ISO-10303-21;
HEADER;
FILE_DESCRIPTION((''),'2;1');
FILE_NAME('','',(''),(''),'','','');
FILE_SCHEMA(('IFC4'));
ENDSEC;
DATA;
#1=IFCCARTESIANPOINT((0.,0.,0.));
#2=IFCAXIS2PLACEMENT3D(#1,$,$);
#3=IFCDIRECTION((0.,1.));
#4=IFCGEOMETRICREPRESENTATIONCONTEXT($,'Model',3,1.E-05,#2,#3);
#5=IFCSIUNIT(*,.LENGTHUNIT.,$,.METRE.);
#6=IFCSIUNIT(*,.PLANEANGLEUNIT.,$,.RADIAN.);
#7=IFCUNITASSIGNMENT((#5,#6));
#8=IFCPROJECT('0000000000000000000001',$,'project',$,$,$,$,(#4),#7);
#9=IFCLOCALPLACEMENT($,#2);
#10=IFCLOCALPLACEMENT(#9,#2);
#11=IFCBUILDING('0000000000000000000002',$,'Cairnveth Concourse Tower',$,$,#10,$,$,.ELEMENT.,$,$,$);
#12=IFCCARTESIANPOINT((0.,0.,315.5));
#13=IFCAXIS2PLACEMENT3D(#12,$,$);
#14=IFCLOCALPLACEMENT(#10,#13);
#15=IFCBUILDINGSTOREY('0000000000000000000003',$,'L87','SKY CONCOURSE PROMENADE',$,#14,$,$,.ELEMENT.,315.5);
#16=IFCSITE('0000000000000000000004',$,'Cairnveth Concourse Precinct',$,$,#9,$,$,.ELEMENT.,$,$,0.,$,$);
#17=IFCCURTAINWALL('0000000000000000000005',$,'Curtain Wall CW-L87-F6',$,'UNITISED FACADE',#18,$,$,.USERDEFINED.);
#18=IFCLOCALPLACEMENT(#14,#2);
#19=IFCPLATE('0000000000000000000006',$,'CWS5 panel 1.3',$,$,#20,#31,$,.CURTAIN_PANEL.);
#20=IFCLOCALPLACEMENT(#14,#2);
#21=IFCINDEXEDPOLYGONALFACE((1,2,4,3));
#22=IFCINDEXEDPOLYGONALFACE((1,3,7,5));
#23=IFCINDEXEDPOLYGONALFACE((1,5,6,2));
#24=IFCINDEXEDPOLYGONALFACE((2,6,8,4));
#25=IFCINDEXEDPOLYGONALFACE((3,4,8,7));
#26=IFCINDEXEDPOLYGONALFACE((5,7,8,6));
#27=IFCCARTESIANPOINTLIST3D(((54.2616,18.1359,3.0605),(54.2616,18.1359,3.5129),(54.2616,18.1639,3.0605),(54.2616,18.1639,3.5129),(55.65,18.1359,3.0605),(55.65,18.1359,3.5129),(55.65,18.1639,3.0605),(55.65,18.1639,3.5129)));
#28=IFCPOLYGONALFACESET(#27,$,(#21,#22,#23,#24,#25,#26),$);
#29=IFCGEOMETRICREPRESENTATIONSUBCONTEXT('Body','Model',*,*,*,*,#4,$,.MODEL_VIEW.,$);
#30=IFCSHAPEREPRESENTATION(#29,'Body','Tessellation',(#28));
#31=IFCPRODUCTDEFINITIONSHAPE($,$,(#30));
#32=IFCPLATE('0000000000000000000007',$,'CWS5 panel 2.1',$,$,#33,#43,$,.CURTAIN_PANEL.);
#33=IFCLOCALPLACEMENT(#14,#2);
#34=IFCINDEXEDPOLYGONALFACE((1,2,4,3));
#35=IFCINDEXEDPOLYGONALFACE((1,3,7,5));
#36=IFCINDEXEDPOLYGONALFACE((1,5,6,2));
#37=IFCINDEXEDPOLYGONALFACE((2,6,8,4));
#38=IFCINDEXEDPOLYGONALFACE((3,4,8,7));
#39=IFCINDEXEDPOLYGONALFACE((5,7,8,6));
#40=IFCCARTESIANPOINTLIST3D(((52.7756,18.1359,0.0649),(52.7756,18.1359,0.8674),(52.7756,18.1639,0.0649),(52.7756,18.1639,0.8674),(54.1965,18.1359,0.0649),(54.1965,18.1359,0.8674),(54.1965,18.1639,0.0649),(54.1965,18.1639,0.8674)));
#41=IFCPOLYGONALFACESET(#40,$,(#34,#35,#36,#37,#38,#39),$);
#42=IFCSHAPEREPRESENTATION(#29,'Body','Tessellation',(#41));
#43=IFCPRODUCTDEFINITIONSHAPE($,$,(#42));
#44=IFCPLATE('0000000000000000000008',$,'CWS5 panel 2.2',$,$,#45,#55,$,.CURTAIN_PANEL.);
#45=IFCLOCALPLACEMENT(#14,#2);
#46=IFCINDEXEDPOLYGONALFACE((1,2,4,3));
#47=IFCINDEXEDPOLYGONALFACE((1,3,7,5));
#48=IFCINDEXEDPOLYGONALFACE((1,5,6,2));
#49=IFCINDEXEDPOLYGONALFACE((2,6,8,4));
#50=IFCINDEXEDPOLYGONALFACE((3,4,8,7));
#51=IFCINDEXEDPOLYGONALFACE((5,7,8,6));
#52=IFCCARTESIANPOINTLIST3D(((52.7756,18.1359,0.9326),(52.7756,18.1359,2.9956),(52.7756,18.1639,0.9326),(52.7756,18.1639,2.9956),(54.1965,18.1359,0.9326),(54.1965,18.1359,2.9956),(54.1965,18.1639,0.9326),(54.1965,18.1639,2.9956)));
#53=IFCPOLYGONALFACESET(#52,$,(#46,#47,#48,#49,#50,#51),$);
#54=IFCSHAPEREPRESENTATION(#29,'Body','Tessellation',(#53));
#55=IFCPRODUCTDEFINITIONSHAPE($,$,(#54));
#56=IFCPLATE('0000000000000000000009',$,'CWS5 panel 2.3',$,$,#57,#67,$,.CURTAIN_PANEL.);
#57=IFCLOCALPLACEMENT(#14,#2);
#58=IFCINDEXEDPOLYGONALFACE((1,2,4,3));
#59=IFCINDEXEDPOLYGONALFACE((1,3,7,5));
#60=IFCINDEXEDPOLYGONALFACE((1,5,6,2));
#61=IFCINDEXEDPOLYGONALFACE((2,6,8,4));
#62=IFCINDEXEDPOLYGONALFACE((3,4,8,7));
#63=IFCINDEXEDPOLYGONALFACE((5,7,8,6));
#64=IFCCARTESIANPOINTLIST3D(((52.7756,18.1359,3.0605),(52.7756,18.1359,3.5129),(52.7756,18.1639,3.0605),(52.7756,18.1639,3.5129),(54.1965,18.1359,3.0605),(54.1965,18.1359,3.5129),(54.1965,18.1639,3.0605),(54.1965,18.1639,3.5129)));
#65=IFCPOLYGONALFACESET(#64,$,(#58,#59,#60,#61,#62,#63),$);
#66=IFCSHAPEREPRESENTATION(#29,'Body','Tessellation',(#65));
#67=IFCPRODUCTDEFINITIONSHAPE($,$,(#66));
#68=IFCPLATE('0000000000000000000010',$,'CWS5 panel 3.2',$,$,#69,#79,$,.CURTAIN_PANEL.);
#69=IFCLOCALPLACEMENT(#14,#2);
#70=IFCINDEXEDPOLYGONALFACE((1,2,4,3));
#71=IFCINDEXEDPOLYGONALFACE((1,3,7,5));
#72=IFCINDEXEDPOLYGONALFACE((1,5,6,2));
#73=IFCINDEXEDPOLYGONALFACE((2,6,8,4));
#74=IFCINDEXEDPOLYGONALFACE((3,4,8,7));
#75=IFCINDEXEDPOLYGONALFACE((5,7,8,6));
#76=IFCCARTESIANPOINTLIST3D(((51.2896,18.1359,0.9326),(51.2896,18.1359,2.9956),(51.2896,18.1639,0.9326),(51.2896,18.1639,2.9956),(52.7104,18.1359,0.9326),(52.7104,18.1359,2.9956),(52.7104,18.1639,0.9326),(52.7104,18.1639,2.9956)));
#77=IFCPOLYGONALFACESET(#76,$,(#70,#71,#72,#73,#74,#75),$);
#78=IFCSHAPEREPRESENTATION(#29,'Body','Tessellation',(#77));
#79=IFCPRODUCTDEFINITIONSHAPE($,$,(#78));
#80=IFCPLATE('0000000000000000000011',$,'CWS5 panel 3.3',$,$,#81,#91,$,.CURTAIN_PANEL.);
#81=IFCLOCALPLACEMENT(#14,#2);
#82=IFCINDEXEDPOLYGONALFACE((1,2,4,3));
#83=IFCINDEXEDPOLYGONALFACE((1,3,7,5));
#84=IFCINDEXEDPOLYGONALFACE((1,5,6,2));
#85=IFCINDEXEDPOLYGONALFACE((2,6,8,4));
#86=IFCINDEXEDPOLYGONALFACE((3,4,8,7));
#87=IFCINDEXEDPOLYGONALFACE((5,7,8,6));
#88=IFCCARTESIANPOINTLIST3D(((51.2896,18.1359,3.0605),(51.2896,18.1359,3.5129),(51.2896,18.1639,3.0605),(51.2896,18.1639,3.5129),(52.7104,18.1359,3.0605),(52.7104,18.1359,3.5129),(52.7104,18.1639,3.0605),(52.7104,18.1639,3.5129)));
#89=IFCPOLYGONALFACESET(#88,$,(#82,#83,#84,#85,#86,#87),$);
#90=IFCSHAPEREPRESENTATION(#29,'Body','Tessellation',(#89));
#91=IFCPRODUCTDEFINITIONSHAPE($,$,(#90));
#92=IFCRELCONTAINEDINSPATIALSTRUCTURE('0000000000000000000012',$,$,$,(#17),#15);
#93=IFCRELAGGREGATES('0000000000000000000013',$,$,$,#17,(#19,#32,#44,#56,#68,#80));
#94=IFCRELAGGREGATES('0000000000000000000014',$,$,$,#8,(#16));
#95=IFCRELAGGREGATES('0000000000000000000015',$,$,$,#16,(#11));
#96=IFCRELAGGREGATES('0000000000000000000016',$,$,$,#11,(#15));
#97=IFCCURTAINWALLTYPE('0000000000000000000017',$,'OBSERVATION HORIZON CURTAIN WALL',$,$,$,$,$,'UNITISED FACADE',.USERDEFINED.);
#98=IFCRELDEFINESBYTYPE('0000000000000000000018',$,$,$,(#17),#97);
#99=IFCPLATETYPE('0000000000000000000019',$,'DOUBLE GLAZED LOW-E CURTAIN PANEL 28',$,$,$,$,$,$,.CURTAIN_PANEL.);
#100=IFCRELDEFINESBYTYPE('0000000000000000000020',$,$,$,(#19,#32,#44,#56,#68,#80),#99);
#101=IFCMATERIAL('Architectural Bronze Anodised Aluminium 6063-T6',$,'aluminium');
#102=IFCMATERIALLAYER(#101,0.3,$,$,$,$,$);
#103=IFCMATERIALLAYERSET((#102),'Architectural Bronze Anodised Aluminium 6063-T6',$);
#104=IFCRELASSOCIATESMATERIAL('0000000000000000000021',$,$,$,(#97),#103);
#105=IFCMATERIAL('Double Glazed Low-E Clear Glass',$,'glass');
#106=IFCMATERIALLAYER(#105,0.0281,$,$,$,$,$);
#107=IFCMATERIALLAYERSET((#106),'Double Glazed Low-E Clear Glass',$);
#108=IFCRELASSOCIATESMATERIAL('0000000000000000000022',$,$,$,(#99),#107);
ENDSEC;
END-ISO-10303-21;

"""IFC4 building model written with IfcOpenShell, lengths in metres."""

from ifc_helpers import new_model, si_unit, direction, frame, origin, origin_2d, place, context, subcontext, project, spatial, rectangle, extrude, material, layer, layer_set, type_object, element, aggregate, save


model = new_model("IFC4")

# Units and contexts
model_context = context("Model", 3, precision=1e-05, world=origin(), true_north=direction((0.0, 1.0)))
body_context = subcontext(model_context, "Body", "Model", "MODEL_VIEW")
ifc_project = project(units=[si_unit("LENGTHUNIT", "METRE"), si_unit("PLANEANGLEUNIT", "RADIAN")], contexts=[model_context])

# Site, building, storey
site_placement = place(None, origin())
site = spatial("IfcSite", under=ifc_project, at=site_placement, Name="Cairnveth Concourse Precinct", CompositionType="ELEMENT", RefElevation=0.0)
building_placement = place(site_placement, origin())
building = spatial("IfcBuilding", under=site, at=building_placement, Name="Cairnveth Concourse Tower", CompositionType="ELEMENT")
storey_placement = place(building_placement, frame((0.0, 0.0, 315.5)))
storey = spatial("IfcBuildingStorey", under=building, at=storey_placement, Name="L87", Description="SKY CONCOURSE PROMENADE", CompositionType="ELEMENT", Elevation=315.5)

# Curtain wall, plates
ifc_material_1 = material(Name="Architectural Bronze Anodised Aluminium 6063-T6", Category="aluminium")
ifc_layer_1 = layer(ifc_material_1, 0.3)
ifc_layer_set_1 = layer_set([ifc_layer_1], Name="Architectural Bronze Anodised Aluminium 6063-T6")
curtain_wall_type = type_object("IfcCurtainWallType", Name="OBSERVATION HORIZON CURTAIN WALL", ElementType="UNITISED FACADE", PredefinedType="USERDEFINED", material=ifc_layer_set_1)
curtain_wall_placement = place(storey_placement, origin())
curtain_wall = element("IfcCurtainWall", 1, at=curtain_wall_placement, inside=storey, type_object=curtain_wall_type, Name="Curtain Wall CW-L87-F6", ObjectType="UNITISED FACADE", PredefinedType="USERDEFINED")
ifc_material_2 = material(Name="Double Glazed Low-E Clear Glass", Category="glass")
ifc_layer_2 = layer(ifc_material_2, 0.0281)
ifc_layer_set_2 = layer_set([ifc_layer_2], Name="Double Glazed Low-E Clear Glass")
plate_type = type_object("IfcPlateType", Name="DOUBLE GLAZED LOW-E CURTAIN PANEL 28", PredefinedType="CURTAIN_PANEL", material=ifc_layer_set_2)
plate_1_placement = place(storey_placement, frame((54.9558, 18.1499, 3.0605), z_axis=(0.0, 0.0, 1.0), x_axis=(-1.0, 0.0, 0.0)))
plate_1 = element("IfcPlate", 2, at=plate_1_placement, type_object=plate_type, Name="CWS5 panel 1.3", PredefinedType="CURTAIN_PANEL", context=body_context, shape_type="SweptSolid", body=[
    extrude(rectangle(XDim=1.3884, YDim=0.0281, at=origin_2d()), origin(), (0.0, 0.0, 1.0), 0.4524),
])
plate_2_placement = place(storey_placement, frame((53.4861, 18.1499, 0.0649), z_axis=(0.0, 0.0, 1.0), x_axis=(-1.0, 0.0, 0.0)))
plate_2 = element("IfcPlate", 3, at=plate_2_placement, type_object=plate_type, Name="CWS5 panel 2.1", PredefinedType="CURTAIN_PANEL", context=body_context, shape_type="SweptSolid", body=[
    extrude(rectangle(XDim=1.4209, YDim=0.0281, at=origin_2d()), origin(), (0.0, 0.0, 1.0), 0.8025),
])
plate_3_placement = place(storey_placement, frame((53.4861, 18.1499, 0.9326), z_axis=(0.0, 0.0, 1.0), x_axis=(-1.0, 0.0, 0.0)))
plate_3 = element("IfcPlate", 4, at=plate_3_placement, type_object=plate_type, Name="CWS5 panel 2.2", PredefinedType="CURTAIN_PANEL", context=body_context, shape_type="SweptSolid", body=[
    extrude(rectangle(XDim=1.4209, YDim=0.0281, at=origin_2d()), origin(), (0.0, 0.0, 1.0), 2.063),
])
plate_4_placement = place(storey_placement, frame((53.4861, 18.1499, 3.0605), z_axis=(0.0, 0.0, 1.0), x_axis=(-1.0, 0.0, 0.0)))
plate_4 = element("IfcPlate", 5, at=plate_4_placement, type_object=plate_type, Name="CWS5 panel 2.3", PredefinedType="CURTAIN_PANEL", context=body_context, shape_type="SweptSolid", body=[
    extrude(rectangle(XDim=1.4209, YDim=0.0281, at=origin_2d()), origin(), (0.0, 0.0, 1.0), 0.4524),
])
plate_5_placement = place(storey_placement, frame((52.0, 18.1499, 0.9326), z_axis=(0.0, 0.0, 1.0), x_axis=(-1.0, 0.0, 0.0)))
plate_5 = element("IfcPlate", 6, at=plate_5_placement, type_object=plate_type, Name="CWS5 panel 3.2", PredefinedType="CURTAIN_PANEL", context=body_context, shape_type="SweptSolid", body=[
    extrude(rectangle(XDim=1.4209, YDim=0.0281, at=origin_2d()), origin(), (0.0, 0.0, 1.0), 2.063),
])
plate_6_placement = place(storey_placement, frame((52.0, 18.1499, 3.0605), z_axis=(0.0, 0.0, 1.0), x_axis=(-1.0, 0.0, 0.0)))
plate_6 = element("IfcPlate", 7, at=plate_6_placement, type_object=plate_type, Name="CWS5 panel 3.3", PredefinedType="CURTAIN_PANEL", context=body_context, shape_type="SweptSolid", body=[
    extrude(rectangle(XDim=1.4209, YDim=0.0281, at=origin_2d()), origin(), (0.0, 0.0, 1.0), 0.4524),
])
aggregate(curtain_wall, [plate_1, plate_2, plate_3, plate_4, plate_5, plate_6])

save(model, "model.ifc")
